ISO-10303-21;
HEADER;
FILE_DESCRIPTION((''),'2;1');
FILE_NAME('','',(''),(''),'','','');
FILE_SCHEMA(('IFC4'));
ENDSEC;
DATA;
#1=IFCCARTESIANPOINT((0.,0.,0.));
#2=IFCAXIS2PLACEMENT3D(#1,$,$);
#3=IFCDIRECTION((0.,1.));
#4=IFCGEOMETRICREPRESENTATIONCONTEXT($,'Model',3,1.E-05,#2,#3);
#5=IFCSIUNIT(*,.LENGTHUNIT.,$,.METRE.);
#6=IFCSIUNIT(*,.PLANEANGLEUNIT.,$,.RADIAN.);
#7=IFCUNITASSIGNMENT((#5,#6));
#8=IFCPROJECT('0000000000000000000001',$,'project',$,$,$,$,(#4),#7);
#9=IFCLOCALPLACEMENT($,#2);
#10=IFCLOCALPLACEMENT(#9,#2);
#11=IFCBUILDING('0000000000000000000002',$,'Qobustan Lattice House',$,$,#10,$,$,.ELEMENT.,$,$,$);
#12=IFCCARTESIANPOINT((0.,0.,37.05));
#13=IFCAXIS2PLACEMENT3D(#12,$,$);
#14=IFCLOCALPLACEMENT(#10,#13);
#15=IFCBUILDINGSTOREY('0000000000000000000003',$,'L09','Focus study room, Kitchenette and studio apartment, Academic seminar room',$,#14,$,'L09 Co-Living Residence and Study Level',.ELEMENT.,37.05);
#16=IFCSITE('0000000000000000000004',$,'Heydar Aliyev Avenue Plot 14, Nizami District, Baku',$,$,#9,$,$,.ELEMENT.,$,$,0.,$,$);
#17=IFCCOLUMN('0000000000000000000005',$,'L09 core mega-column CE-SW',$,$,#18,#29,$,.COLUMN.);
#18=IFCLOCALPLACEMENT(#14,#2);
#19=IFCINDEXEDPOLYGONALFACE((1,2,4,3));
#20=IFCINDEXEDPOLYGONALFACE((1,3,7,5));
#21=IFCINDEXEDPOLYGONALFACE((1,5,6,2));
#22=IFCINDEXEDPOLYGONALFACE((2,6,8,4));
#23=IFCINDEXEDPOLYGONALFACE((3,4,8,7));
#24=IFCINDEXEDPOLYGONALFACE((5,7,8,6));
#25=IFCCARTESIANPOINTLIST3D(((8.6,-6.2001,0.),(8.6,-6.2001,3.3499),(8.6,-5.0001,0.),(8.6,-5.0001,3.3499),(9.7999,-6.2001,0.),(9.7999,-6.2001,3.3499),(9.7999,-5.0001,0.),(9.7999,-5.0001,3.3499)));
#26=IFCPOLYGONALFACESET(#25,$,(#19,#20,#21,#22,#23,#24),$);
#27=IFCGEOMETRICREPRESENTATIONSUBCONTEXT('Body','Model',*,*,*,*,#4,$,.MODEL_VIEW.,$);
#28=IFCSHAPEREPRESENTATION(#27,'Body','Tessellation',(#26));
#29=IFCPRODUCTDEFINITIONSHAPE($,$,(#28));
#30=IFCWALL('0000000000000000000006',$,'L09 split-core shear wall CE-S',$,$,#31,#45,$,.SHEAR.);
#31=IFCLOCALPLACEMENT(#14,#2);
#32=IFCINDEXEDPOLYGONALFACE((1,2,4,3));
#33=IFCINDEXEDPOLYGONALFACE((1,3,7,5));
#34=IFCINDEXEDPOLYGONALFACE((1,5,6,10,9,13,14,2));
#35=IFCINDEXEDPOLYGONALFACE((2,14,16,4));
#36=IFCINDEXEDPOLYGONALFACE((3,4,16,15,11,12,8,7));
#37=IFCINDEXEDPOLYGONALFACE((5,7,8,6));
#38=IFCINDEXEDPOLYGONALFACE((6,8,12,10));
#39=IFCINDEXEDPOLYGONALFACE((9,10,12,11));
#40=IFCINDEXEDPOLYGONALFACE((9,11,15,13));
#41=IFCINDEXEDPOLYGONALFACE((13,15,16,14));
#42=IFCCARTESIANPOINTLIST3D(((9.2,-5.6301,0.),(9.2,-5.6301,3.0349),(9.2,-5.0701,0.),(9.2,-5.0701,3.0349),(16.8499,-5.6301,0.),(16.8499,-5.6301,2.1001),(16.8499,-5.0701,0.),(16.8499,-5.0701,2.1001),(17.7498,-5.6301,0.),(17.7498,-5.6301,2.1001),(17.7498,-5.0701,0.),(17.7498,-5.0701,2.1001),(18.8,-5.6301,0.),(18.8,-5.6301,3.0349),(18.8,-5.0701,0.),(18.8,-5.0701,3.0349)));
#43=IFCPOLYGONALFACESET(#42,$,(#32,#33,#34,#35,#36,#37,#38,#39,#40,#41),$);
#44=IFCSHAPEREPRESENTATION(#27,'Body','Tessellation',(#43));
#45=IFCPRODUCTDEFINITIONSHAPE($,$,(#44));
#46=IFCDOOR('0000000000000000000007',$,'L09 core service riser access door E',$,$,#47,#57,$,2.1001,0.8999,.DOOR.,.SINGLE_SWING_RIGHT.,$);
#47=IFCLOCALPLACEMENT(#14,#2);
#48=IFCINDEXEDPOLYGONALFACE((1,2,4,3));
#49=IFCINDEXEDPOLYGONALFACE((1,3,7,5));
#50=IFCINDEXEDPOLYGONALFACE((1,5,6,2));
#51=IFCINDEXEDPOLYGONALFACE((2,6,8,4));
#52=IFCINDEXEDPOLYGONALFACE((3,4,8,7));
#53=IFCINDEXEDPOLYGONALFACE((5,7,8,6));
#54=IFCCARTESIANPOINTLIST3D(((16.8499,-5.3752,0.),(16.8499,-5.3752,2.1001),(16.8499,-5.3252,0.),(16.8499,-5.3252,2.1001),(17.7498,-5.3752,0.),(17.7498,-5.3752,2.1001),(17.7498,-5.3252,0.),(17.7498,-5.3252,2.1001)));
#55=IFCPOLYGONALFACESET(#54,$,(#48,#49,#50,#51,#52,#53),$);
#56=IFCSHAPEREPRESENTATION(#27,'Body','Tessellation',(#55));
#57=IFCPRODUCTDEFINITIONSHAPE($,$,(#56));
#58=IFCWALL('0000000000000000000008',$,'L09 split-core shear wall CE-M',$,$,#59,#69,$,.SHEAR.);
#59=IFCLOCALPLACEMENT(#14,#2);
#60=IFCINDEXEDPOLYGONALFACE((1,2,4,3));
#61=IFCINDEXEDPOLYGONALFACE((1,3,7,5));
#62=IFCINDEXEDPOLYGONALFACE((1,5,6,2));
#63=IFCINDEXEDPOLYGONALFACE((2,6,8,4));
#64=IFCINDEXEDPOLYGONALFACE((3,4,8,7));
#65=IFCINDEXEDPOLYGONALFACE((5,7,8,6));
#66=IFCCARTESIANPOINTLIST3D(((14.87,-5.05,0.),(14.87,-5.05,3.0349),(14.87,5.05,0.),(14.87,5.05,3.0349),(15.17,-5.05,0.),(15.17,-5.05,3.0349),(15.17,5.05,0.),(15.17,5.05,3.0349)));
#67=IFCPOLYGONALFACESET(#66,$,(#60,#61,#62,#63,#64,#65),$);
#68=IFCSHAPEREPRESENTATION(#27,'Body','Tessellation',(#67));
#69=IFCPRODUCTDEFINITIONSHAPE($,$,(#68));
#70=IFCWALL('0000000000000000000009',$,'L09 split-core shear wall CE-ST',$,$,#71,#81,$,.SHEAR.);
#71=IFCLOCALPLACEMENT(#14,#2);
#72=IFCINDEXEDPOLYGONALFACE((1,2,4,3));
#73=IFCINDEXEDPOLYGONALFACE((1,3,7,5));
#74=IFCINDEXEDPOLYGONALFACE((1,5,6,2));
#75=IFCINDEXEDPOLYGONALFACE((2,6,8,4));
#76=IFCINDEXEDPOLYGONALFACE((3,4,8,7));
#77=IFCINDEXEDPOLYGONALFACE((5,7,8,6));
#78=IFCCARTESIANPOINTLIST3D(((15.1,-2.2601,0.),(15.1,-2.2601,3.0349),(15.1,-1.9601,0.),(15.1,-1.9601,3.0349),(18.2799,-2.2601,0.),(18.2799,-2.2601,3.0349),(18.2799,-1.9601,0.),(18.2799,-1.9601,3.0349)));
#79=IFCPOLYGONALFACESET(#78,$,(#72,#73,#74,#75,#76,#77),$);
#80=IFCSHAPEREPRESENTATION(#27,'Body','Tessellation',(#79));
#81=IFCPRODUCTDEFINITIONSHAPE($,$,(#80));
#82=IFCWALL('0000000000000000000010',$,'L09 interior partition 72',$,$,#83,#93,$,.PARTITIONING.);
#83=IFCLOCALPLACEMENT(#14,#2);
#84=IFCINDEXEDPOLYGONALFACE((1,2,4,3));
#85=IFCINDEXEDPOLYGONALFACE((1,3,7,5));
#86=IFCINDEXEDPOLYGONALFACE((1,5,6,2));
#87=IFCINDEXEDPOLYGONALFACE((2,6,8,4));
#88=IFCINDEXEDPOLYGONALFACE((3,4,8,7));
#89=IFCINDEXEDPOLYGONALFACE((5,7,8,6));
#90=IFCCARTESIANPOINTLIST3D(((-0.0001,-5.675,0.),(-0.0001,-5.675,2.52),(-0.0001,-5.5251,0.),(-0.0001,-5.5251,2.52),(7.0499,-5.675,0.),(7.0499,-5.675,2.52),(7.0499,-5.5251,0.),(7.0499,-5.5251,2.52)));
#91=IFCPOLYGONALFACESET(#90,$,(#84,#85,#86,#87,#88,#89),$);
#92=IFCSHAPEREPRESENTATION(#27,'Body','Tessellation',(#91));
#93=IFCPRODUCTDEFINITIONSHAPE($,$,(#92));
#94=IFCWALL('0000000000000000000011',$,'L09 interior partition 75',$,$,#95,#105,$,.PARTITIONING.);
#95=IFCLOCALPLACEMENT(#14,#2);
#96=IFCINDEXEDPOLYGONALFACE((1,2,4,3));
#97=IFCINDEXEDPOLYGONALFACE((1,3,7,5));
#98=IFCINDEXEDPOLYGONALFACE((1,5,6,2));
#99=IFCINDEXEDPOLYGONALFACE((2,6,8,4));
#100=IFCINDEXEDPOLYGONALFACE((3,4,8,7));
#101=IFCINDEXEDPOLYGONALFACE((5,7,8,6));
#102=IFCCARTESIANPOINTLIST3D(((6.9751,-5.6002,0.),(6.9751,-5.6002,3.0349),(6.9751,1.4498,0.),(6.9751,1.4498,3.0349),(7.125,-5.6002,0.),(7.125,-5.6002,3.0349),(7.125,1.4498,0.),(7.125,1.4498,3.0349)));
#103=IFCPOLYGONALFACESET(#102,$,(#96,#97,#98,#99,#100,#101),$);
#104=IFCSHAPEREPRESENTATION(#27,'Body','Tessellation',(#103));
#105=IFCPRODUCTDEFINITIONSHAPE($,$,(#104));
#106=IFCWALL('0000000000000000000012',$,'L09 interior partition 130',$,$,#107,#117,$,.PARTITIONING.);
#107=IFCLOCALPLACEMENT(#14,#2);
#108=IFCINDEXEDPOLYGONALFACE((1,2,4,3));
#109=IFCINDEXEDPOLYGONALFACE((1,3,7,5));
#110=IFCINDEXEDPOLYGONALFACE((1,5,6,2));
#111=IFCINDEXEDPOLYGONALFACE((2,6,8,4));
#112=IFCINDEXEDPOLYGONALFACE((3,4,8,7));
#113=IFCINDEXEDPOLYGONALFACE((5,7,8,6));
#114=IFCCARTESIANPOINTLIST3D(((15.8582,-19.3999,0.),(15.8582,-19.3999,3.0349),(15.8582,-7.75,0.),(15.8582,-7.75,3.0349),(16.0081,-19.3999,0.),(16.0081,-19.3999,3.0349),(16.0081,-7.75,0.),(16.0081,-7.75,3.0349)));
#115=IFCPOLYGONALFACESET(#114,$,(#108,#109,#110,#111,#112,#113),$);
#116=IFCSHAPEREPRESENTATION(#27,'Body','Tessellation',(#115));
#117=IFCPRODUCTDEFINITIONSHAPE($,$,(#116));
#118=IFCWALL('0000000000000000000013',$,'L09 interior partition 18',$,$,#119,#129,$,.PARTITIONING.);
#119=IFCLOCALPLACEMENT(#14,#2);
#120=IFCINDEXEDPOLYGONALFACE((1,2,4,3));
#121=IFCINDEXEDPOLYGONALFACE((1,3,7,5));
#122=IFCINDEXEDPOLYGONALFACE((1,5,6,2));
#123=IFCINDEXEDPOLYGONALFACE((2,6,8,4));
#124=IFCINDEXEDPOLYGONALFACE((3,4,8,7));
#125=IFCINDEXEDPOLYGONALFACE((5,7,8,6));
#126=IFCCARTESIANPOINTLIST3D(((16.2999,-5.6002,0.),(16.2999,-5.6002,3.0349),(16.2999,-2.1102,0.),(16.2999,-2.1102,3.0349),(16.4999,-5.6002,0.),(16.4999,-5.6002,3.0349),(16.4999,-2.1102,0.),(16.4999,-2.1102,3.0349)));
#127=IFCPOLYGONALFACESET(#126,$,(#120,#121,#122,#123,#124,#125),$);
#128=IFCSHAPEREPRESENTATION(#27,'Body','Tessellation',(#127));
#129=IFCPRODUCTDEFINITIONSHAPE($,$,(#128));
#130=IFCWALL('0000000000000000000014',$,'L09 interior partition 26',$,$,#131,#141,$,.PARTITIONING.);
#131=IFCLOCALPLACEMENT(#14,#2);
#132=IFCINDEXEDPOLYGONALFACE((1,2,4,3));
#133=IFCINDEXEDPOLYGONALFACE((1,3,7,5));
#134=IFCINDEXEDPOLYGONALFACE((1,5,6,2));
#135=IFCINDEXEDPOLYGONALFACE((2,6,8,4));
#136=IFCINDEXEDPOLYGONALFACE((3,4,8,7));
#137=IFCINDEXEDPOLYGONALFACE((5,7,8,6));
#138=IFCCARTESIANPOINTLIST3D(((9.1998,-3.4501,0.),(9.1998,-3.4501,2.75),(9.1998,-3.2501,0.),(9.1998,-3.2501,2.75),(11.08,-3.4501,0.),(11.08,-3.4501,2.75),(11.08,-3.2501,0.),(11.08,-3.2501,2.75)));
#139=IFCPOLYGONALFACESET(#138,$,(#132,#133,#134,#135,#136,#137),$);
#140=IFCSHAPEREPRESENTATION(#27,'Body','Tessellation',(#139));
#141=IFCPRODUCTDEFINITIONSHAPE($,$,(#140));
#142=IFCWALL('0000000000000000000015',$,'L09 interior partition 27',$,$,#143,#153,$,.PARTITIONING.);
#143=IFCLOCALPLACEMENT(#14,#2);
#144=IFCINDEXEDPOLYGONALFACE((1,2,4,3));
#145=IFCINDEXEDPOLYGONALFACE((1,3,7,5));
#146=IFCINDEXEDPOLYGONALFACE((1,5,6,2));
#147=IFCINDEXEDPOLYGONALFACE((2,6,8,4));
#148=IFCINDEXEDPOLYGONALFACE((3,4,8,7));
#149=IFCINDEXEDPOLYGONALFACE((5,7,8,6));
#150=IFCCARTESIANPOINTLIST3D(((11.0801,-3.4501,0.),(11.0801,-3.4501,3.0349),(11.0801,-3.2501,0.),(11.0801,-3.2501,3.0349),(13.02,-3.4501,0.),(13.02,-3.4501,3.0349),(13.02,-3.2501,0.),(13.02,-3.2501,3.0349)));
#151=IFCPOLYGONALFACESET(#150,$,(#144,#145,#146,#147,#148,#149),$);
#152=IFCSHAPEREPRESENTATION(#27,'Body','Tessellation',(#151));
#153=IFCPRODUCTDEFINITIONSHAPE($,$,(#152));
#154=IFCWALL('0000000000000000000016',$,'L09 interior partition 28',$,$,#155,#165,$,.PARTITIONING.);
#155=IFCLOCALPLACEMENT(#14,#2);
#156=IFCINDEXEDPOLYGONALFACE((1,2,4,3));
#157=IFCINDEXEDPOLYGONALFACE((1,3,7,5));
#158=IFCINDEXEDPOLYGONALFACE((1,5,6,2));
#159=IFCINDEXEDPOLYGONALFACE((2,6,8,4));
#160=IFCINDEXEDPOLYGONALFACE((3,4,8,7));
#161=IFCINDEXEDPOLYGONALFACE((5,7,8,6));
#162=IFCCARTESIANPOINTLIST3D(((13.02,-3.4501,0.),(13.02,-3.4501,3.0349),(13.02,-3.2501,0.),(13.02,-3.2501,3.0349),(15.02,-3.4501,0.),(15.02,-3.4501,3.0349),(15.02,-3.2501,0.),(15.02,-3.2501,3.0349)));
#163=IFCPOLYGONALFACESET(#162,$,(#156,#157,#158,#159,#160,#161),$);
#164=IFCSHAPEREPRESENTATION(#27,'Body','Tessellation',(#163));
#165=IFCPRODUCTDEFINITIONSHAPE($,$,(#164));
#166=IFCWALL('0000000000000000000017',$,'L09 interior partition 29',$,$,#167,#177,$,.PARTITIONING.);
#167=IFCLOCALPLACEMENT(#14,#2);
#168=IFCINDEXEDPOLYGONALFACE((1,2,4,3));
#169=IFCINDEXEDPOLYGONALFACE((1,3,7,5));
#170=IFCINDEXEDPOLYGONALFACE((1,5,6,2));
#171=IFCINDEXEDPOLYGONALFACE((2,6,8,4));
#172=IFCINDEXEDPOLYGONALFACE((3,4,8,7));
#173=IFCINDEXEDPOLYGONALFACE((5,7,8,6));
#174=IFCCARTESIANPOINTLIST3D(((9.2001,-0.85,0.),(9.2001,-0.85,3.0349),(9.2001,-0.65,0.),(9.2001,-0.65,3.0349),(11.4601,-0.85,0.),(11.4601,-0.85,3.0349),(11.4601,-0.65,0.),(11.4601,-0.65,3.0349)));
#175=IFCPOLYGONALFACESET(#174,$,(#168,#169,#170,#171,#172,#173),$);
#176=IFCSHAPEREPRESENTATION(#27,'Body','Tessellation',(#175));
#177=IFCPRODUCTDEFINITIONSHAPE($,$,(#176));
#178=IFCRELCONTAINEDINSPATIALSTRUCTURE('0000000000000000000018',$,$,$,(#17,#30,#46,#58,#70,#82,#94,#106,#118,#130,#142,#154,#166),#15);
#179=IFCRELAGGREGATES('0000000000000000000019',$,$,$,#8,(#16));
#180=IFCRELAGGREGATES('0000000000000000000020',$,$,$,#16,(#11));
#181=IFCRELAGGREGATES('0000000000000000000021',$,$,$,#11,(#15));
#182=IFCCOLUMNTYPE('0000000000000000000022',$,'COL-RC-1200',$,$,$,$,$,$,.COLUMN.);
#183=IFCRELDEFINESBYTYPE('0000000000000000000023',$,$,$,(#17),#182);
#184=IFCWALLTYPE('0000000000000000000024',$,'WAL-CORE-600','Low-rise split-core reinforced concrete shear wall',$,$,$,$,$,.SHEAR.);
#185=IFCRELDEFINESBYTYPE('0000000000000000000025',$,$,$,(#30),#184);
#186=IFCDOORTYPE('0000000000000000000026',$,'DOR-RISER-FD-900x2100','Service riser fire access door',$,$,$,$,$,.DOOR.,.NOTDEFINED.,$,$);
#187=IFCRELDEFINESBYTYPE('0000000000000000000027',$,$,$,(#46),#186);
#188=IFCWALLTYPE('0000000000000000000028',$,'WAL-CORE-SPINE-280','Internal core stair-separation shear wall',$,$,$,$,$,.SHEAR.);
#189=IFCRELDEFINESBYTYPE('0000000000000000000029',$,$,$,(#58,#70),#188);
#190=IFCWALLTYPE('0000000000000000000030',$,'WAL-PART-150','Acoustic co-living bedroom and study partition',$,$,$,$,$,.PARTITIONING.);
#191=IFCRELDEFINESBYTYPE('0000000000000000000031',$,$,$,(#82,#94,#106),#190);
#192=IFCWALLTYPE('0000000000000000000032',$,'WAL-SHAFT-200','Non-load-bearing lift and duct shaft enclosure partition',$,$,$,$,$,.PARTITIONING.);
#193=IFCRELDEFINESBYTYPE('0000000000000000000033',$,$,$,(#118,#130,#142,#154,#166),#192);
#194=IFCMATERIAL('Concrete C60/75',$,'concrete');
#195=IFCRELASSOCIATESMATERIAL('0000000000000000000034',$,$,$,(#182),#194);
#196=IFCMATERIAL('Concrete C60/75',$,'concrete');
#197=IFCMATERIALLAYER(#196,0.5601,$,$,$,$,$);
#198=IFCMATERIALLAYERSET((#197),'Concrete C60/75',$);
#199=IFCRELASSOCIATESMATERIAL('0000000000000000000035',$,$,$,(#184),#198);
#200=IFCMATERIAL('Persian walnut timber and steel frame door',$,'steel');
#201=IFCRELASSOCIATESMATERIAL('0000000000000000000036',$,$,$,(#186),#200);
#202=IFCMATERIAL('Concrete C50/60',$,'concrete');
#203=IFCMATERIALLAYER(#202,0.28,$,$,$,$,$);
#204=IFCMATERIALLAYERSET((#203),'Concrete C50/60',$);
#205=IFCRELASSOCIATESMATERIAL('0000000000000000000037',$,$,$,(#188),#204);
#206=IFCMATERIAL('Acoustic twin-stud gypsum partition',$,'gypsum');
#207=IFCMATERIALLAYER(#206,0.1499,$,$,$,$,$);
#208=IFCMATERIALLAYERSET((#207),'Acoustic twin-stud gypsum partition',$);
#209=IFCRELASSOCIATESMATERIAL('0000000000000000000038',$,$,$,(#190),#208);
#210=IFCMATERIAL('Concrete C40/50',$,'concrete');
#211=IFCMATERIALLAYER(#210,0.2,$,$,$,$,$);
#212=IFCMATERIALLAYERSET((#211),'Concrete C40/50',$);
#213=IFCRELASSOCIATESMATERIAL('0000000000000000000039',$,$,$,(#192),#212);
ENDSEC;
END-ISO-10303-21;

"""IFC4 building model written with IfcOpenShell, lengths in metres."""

from ifc_helpers import new_model, si_unit, direction, frame, frame_2d, origin, origin_2d, place, context, subcontext, project, spatial, rectangle, extrude, material, layer, layer_set, material_profile, profile_set, type_object, element, fill, save


model = new_model("IFC4")

# Units and contexts
model_context = context("Model", 3, precision=1e-05, world=origin(), true_north=direction((0.0, 1.0)))
body_context = subcontext(model_context, "Body", "Model", "MODEL_VIEW")
ifc_project = project(units=[si_unit("LENGTHUNIT", "METRE"), si_unit("PLANEANGLEUNIT", "RADIAN")], contexts=[model_context])

# Site, building, storey
site_placement = place(None, origin())
site = spatial("IfcSite", under=ifc_project, at=site_placement, Name="Heydar Aliyev Avenue Plot 14, Nizami District, Baku", CompositionType="ELEMENT", RefElevation=0.0)
building_placement = place(site_placement, origin())
building = spatial("IfcBuilding", under=site, at=building_placement, Name="Qobustan Lattice House", CompositionType="ELEMENT")
storey_placement = place(building_placement, frame((0.0, 0.0, 37.05)))
storey = spatial("IfcBuildingStorey", under=building, at=storey_placement, Name="L09", Description="Focus study room, Kitchenette and studio apartment, Academic seminar room", LongName="L09 Co-Living Residence and Study Level", CompositionType="ELEMENT", Elevation=37.05)

# Column
ifc_material_1 = material(Name="Concrete C60/75", Category="concrete")
ifc_material_profile = material_profile(ifc_material_1, rectangle(XDim=1.2, YDim=1.2, at=origin_2d()), Name="RC1200x1200")
ifc_profile_set = profile_set([ifc_material_profile], Name="Concrete C60/75")
column_type = type_object("IfcColumnType", Name="COL-RC-1200", PredefinedType="COLUMN", material=ifc_profile_set)
column_placement = place(storey_placement, frame((9.2, -5.6001, 0.0), z_axis=(0.0, 0.0, 1.0), x_axis=(1.0, 0.0, 0.0)))
element("IfcColumn", 1, at=column_placement, inside=storey, type_object=column_type, Name="L09 core mega-column CE-SW", PredefinedType="COLUMN", context=body_context, shape_type="SweptSolid", body=[
    extrude(rectangle(XDim=1.2, YDim=1.2, at=origin_2d()), origin(), (0.0, 0.0, 1.0), 3.3499),
])

# Wall, opening, door
ifc_material_2 = material(Name="Concrete C60/75", Category="concrete")
ifc_layer_1 = layer(ifc_material_2, 0.5601)
ifc_layer_set_1 = layer_set([ifc_layer_1], Name="Concrete C60/75")
wall_type_1 = type_object("IfcWallType", Name="WAL-CORE-600", Description="Low-rise split-core reinforced concrete shear wall", PredefinedType="SHEAR", material=ifc_layer_set_1)
wall_1_placement = place(storey_placement, frame((9.2, -5.3501, 0.0), z_axis=(0.0, 0.0, 1.0), x_axis=(1.0, 0.0, 0.0)))
wall_1 = element("IfcWall", 2, at=wall_1_placement, inside=storey, type_object=wall_type_1, Name="L09 split-core shear wall CE-S", PredefinedType="SHEAR", context=body_context, shape_type="SweptSolid", body=[
    extrude(rectangle(XDim=9.6001, YDim=0.5601, at=frame_2d((4.8, 0.0))), origin(), (0.0, 0.0, 1.0), 3.0349),
])
opening_1_placement = place(wall_1_placement, frame((7.6499, 0.0, 0.0)))
opening_1 = element("IfcOpeningElement", 3, at=opening_1_placement, cuts=wall_1, PredefinedType="OPENING", context=body_context, shape_type="SweptSolid", body=[
    extrude(rectangle(XDim=0.8999, YDim=2.1001, at=frame_2d((0.45, 1.05))), frame((0.0, 0.29, 0.0), z_axis=(0.0, -1.0, 0.0), x_axis=(1.0, 0.0, 0.0)), (0.0, 0.0, 1.0), 0.5801),
])
ifc_material_3 = material(Name="Persian walnut timber and steel frame door", Category="steel")
door_type_1 = type_object("IfcDoorType", Name="DOR-RISER-FD-900x2100", Description="Service riser fire access door", OperationType="NOTDEFINED", PredefinedType="DOOR", material=ifc_material_3)
door_1_placement = place(opening_1_placement, origin())
door_1 = element("IfcDoor", 4, at=door_1_placement, inside=storey, type_object=door_type_1, Name="L09 core service riser access door E", OperationType="SINGLE_SWING_RIGHT", OverallHeight=2.1001, OverallWidth=0.8999, PredefinedType="DOOR", context=body_context, shape_type="SweptSolid", body=[
    extrude(rectangle(XDim=0.8999, YDim=2.1001, at=frame_2d((0.45, 1.05))), frame((0.0, 0.0249, 0.0), z_axis=(0.0, -1.0, 0.0), x_axis=(1.0, 0.0, 0.0)), (0.0, 0.0, 1.0), 0.05),
])
fill(opening_1, door_1)

# Walls
ifc_material_4 = material(Name="Concrete C50/60", Category="concrete")
ifc_layer_2 = layer(ifc_material_4, 0.28)
ifc_layer_set_2 = layer_set([ifc_layer_2], Name="Concrete C50/60")
wall_type_2 = type_object("IfcWallType", Name="WAL-CORE-SPINE-280", Description="Internal core stair-separation shear wall", PredefinedType="SHEAR", material=ifc_layer_set_2)
wall_2_placement = place(storey_placement, frame((15.02, -5.05, 0.0), z_axis=(0.0, 0.0, 1.0), x_axis=(0.0, 1.0, 0.0)))
element("IfcWall", 5, at=wall_2_placement, inside=storey, type_object=wall_type_2, Name="L09 split-core shear wall CE-M", PredefinedType="SHEAR", context=body_context, shape_type="SweptSolid", body=[
    extrude(rectangle(XDim=10.1001, YDim=0.3, at=frame_2d((5.05, 0.0))), origin(), (0.0, 0.0, 1.0), 3.0349),
])
wall_3_placement = place(storey_placement, frame((15.1001, -2.1101, 0.0), z_axis=(0.0, 0.0, 1.0), x_axis=(1.0, 0.0, 0.0)))
element("IfcWall", 6, at=wall_3_placement, inside=storey, type_object=wall_type_2, Name="L09 split-core shear wall CE-ST", PredefinedType="SHEAR", context=body_context, shape_type="SweptSolid", body=[
    extrude(rectangle(XDim=3.1799, YDim=0.3, at=frame_2d((1.5898, 0.0))), origin(), (0.0, 0.0, 1.0), 3.0349),
])
ifc_material_5 = material(Name="Acoustic twin-stud gypsum partition", Category="gypsum")
ifc_layer_3 = layer(ifc_material_5, 0.1499)
ifc_layer_set_3 = layer_set([ifc_layer_3], Name="Acoustic twin-stud gypsum partition")
wall_type_3 = type_object("IfcWallType", Name="WAL-PART-150", Description="Acoustic co-living bedroom and study partition", PredefinedType="PARTITIONING", material=ifc_layer_set_3)
wall_4_placement = place(storey_placement, frame((0.0, -5.6001, 0.0), z_axis=(0.0, 0.0, 1.0), x_axis=(1.0, 0.0, 0.0)))
element("IfcWall", 7, at=wall_4_placement, inside=storey, type_object=wall_type_3, Name="L09 interior partition 72", PredefinedType="PARTITIONING", context=body_context, shape_type="SweptSolid", body=[
    extrude(rectangle(XDim=7.05, YDim=0.1499, at=frame_2d((3.5249, 0.0))), origin(), (0.0, 0.0, 1.0), 2.52),
])
wall_5_placement = place(storey_placement, frame((7.05, -5.6001, 0.0), z_axis=(0.0, 0.0, 1.0), x_axis=(0.0, 1.0, 0.0)))
element("IfcWall", 8, at=wall_5_placement, inside=storey, type_object=wall_type_3, Name="L09 interior partition 75", PredefinedType="PARTITIONING", context=body_context, shape_type="SweptSolid", body=[
    extrude(rectangle(XDim=7.05, YDim=0.1499, at=frame_2d((3.5249, 0.0))), origin(), (0.0, 0.0, 1.0), 3.0349),
])
wall_6_placement = place(storey_placement, frame((15.9331, -7.75, 0.0), z_axis=(0.0, 0.0, 1.0), x_axis=(0.0, -1.0, 0.0)))
element("IfcWall", 9, at=wall_6_placement, inside=storey, type_object=wall_type_3, Name="L09 interior partition 130", PredefinedType="PARTITIONING", context=body_context, shape_type="SweptSolid", body=[
    extrude(rectangle(XDim=11.6499, YDim=0.1499, at=frame_2d((5.825, 0.0))), origin(), (0.0, 0.0, 1.0), 3.0349),
])
ifc_material_6 = material(Name="Concrete C40/50", Category="concrete")
ifc_layer_4 = layer(ifc_material_6, 0.2)
ifc_layer_set_4 = layer_set([ifc_layer_4], Name="Concrete C40/50")
wall_type_4 = type_object("IfcWallType", Name="WAL-SHAFT-200", Description="Non-load-bearing lift and duct shaft enclosure partition", PredefinedType="PARTITIONING", material=ifc_layer_set_4)
wall_7_placement = place(storey_placement, frame((16.3999, -2.1101, 0.0), z_axis=(0.0, 0.0, 1.0), x_axis=(0.0, -1.0, 0.0)))
element("IfcWall", 10, at=wall_7_placement, inside=storey, type_object=wall_type_4, Name="L09 interior partition 18", PredefinedType="PARTITIONING", context=body_context, shape_type="SweptSolid", body=[
    extrude(rectangle(XDim=3.49, YDim=0.2, at=frame_2d((1.7451, 0.0))), origin(), (0.0, 0.0, 1.0), 3.0349),
])
wall_8_placement = place(storey_placement, frame((9.2, -3.3501, 0.0), z_axis=(0.0, 0.0, 1.0), x_axis=(1.0, 0.0, 0.0)))
element("IfcWall", 11, at=wall_8_placement, inside=storey, type_object=wall_type_4, Name="L09 interior partition 26", PredefinedType="PARTITIONING", context=body_context, shape_type="SweptSolid", body=[
    extrude(rectangle(XDim=1.8801, YDim=0.2, at=frame_2d((0.9399, 0.0))), origin(), (0.0, 0.0, 1.0), 2.75),
])
wall_9_placement = place(storey_placement, frame((11.0801, -3.3501, 0.0), z_axis=(0.0, 0.0, 1.0), x_axis=(1.0, 0.0, 0.0)))
element("IfcWall", 12, at=wall_9_placement, inside=storey, type_object=wall_type_4, Name="L09 interior partition 27", PredefinedType="PARTITIONING", context=body_context, shape_type="SweptSolid", body=[
    extrude(rectangle(XDim=1.9399, YDim=0.2, at=frame_2d((0.97, 0.0))), origin(), (0.0, 0.0, 1.0), 3.0349),
])
wall_10_placement = place(storey_placement, frame((13.02, -3.3501, 0.0), z_axis=(0.0, 0.0, 1.0), x_axis=(1.0, 0.0, 0.0)))
element("IfcWall", 13, at=wall_10_placement, inside=storey, type_object=wall_type_4, Name="L09 interior partition 28", PredefinedType="PARTITIONING", context=body_context, shape_type="SweptSolid", body=[
    extrude(rectangle(XDim=2.0, YDim=0.2, at=frame_2d((1.0, 0.0))), origin(), (0.0, 0.0, 1.0), 3.0349),
])
wall_11_placement = place(storey_placement, frame((11.46, -0.75, 0.0), z_axis=(0.0, 0.0, 1.0), x_axis=(-1.0, 0.0, 0.0)))
element("IfcWall", 14, at=wall_11_placement, inside=storey, type_object=wall_type_4, Name="L09 interior partition 29", PredefinedType="PARTITIONING", context=body_context, shape_type="SweptSolid", body=[
    extrude(rectangle(XDim=2.26, YDim=0.2, at=frame_2d((1.1299, 0.0))), origin(), (0.0, 0.0, 1.0), 3.0349),
])

save(model, "model.ifc")
